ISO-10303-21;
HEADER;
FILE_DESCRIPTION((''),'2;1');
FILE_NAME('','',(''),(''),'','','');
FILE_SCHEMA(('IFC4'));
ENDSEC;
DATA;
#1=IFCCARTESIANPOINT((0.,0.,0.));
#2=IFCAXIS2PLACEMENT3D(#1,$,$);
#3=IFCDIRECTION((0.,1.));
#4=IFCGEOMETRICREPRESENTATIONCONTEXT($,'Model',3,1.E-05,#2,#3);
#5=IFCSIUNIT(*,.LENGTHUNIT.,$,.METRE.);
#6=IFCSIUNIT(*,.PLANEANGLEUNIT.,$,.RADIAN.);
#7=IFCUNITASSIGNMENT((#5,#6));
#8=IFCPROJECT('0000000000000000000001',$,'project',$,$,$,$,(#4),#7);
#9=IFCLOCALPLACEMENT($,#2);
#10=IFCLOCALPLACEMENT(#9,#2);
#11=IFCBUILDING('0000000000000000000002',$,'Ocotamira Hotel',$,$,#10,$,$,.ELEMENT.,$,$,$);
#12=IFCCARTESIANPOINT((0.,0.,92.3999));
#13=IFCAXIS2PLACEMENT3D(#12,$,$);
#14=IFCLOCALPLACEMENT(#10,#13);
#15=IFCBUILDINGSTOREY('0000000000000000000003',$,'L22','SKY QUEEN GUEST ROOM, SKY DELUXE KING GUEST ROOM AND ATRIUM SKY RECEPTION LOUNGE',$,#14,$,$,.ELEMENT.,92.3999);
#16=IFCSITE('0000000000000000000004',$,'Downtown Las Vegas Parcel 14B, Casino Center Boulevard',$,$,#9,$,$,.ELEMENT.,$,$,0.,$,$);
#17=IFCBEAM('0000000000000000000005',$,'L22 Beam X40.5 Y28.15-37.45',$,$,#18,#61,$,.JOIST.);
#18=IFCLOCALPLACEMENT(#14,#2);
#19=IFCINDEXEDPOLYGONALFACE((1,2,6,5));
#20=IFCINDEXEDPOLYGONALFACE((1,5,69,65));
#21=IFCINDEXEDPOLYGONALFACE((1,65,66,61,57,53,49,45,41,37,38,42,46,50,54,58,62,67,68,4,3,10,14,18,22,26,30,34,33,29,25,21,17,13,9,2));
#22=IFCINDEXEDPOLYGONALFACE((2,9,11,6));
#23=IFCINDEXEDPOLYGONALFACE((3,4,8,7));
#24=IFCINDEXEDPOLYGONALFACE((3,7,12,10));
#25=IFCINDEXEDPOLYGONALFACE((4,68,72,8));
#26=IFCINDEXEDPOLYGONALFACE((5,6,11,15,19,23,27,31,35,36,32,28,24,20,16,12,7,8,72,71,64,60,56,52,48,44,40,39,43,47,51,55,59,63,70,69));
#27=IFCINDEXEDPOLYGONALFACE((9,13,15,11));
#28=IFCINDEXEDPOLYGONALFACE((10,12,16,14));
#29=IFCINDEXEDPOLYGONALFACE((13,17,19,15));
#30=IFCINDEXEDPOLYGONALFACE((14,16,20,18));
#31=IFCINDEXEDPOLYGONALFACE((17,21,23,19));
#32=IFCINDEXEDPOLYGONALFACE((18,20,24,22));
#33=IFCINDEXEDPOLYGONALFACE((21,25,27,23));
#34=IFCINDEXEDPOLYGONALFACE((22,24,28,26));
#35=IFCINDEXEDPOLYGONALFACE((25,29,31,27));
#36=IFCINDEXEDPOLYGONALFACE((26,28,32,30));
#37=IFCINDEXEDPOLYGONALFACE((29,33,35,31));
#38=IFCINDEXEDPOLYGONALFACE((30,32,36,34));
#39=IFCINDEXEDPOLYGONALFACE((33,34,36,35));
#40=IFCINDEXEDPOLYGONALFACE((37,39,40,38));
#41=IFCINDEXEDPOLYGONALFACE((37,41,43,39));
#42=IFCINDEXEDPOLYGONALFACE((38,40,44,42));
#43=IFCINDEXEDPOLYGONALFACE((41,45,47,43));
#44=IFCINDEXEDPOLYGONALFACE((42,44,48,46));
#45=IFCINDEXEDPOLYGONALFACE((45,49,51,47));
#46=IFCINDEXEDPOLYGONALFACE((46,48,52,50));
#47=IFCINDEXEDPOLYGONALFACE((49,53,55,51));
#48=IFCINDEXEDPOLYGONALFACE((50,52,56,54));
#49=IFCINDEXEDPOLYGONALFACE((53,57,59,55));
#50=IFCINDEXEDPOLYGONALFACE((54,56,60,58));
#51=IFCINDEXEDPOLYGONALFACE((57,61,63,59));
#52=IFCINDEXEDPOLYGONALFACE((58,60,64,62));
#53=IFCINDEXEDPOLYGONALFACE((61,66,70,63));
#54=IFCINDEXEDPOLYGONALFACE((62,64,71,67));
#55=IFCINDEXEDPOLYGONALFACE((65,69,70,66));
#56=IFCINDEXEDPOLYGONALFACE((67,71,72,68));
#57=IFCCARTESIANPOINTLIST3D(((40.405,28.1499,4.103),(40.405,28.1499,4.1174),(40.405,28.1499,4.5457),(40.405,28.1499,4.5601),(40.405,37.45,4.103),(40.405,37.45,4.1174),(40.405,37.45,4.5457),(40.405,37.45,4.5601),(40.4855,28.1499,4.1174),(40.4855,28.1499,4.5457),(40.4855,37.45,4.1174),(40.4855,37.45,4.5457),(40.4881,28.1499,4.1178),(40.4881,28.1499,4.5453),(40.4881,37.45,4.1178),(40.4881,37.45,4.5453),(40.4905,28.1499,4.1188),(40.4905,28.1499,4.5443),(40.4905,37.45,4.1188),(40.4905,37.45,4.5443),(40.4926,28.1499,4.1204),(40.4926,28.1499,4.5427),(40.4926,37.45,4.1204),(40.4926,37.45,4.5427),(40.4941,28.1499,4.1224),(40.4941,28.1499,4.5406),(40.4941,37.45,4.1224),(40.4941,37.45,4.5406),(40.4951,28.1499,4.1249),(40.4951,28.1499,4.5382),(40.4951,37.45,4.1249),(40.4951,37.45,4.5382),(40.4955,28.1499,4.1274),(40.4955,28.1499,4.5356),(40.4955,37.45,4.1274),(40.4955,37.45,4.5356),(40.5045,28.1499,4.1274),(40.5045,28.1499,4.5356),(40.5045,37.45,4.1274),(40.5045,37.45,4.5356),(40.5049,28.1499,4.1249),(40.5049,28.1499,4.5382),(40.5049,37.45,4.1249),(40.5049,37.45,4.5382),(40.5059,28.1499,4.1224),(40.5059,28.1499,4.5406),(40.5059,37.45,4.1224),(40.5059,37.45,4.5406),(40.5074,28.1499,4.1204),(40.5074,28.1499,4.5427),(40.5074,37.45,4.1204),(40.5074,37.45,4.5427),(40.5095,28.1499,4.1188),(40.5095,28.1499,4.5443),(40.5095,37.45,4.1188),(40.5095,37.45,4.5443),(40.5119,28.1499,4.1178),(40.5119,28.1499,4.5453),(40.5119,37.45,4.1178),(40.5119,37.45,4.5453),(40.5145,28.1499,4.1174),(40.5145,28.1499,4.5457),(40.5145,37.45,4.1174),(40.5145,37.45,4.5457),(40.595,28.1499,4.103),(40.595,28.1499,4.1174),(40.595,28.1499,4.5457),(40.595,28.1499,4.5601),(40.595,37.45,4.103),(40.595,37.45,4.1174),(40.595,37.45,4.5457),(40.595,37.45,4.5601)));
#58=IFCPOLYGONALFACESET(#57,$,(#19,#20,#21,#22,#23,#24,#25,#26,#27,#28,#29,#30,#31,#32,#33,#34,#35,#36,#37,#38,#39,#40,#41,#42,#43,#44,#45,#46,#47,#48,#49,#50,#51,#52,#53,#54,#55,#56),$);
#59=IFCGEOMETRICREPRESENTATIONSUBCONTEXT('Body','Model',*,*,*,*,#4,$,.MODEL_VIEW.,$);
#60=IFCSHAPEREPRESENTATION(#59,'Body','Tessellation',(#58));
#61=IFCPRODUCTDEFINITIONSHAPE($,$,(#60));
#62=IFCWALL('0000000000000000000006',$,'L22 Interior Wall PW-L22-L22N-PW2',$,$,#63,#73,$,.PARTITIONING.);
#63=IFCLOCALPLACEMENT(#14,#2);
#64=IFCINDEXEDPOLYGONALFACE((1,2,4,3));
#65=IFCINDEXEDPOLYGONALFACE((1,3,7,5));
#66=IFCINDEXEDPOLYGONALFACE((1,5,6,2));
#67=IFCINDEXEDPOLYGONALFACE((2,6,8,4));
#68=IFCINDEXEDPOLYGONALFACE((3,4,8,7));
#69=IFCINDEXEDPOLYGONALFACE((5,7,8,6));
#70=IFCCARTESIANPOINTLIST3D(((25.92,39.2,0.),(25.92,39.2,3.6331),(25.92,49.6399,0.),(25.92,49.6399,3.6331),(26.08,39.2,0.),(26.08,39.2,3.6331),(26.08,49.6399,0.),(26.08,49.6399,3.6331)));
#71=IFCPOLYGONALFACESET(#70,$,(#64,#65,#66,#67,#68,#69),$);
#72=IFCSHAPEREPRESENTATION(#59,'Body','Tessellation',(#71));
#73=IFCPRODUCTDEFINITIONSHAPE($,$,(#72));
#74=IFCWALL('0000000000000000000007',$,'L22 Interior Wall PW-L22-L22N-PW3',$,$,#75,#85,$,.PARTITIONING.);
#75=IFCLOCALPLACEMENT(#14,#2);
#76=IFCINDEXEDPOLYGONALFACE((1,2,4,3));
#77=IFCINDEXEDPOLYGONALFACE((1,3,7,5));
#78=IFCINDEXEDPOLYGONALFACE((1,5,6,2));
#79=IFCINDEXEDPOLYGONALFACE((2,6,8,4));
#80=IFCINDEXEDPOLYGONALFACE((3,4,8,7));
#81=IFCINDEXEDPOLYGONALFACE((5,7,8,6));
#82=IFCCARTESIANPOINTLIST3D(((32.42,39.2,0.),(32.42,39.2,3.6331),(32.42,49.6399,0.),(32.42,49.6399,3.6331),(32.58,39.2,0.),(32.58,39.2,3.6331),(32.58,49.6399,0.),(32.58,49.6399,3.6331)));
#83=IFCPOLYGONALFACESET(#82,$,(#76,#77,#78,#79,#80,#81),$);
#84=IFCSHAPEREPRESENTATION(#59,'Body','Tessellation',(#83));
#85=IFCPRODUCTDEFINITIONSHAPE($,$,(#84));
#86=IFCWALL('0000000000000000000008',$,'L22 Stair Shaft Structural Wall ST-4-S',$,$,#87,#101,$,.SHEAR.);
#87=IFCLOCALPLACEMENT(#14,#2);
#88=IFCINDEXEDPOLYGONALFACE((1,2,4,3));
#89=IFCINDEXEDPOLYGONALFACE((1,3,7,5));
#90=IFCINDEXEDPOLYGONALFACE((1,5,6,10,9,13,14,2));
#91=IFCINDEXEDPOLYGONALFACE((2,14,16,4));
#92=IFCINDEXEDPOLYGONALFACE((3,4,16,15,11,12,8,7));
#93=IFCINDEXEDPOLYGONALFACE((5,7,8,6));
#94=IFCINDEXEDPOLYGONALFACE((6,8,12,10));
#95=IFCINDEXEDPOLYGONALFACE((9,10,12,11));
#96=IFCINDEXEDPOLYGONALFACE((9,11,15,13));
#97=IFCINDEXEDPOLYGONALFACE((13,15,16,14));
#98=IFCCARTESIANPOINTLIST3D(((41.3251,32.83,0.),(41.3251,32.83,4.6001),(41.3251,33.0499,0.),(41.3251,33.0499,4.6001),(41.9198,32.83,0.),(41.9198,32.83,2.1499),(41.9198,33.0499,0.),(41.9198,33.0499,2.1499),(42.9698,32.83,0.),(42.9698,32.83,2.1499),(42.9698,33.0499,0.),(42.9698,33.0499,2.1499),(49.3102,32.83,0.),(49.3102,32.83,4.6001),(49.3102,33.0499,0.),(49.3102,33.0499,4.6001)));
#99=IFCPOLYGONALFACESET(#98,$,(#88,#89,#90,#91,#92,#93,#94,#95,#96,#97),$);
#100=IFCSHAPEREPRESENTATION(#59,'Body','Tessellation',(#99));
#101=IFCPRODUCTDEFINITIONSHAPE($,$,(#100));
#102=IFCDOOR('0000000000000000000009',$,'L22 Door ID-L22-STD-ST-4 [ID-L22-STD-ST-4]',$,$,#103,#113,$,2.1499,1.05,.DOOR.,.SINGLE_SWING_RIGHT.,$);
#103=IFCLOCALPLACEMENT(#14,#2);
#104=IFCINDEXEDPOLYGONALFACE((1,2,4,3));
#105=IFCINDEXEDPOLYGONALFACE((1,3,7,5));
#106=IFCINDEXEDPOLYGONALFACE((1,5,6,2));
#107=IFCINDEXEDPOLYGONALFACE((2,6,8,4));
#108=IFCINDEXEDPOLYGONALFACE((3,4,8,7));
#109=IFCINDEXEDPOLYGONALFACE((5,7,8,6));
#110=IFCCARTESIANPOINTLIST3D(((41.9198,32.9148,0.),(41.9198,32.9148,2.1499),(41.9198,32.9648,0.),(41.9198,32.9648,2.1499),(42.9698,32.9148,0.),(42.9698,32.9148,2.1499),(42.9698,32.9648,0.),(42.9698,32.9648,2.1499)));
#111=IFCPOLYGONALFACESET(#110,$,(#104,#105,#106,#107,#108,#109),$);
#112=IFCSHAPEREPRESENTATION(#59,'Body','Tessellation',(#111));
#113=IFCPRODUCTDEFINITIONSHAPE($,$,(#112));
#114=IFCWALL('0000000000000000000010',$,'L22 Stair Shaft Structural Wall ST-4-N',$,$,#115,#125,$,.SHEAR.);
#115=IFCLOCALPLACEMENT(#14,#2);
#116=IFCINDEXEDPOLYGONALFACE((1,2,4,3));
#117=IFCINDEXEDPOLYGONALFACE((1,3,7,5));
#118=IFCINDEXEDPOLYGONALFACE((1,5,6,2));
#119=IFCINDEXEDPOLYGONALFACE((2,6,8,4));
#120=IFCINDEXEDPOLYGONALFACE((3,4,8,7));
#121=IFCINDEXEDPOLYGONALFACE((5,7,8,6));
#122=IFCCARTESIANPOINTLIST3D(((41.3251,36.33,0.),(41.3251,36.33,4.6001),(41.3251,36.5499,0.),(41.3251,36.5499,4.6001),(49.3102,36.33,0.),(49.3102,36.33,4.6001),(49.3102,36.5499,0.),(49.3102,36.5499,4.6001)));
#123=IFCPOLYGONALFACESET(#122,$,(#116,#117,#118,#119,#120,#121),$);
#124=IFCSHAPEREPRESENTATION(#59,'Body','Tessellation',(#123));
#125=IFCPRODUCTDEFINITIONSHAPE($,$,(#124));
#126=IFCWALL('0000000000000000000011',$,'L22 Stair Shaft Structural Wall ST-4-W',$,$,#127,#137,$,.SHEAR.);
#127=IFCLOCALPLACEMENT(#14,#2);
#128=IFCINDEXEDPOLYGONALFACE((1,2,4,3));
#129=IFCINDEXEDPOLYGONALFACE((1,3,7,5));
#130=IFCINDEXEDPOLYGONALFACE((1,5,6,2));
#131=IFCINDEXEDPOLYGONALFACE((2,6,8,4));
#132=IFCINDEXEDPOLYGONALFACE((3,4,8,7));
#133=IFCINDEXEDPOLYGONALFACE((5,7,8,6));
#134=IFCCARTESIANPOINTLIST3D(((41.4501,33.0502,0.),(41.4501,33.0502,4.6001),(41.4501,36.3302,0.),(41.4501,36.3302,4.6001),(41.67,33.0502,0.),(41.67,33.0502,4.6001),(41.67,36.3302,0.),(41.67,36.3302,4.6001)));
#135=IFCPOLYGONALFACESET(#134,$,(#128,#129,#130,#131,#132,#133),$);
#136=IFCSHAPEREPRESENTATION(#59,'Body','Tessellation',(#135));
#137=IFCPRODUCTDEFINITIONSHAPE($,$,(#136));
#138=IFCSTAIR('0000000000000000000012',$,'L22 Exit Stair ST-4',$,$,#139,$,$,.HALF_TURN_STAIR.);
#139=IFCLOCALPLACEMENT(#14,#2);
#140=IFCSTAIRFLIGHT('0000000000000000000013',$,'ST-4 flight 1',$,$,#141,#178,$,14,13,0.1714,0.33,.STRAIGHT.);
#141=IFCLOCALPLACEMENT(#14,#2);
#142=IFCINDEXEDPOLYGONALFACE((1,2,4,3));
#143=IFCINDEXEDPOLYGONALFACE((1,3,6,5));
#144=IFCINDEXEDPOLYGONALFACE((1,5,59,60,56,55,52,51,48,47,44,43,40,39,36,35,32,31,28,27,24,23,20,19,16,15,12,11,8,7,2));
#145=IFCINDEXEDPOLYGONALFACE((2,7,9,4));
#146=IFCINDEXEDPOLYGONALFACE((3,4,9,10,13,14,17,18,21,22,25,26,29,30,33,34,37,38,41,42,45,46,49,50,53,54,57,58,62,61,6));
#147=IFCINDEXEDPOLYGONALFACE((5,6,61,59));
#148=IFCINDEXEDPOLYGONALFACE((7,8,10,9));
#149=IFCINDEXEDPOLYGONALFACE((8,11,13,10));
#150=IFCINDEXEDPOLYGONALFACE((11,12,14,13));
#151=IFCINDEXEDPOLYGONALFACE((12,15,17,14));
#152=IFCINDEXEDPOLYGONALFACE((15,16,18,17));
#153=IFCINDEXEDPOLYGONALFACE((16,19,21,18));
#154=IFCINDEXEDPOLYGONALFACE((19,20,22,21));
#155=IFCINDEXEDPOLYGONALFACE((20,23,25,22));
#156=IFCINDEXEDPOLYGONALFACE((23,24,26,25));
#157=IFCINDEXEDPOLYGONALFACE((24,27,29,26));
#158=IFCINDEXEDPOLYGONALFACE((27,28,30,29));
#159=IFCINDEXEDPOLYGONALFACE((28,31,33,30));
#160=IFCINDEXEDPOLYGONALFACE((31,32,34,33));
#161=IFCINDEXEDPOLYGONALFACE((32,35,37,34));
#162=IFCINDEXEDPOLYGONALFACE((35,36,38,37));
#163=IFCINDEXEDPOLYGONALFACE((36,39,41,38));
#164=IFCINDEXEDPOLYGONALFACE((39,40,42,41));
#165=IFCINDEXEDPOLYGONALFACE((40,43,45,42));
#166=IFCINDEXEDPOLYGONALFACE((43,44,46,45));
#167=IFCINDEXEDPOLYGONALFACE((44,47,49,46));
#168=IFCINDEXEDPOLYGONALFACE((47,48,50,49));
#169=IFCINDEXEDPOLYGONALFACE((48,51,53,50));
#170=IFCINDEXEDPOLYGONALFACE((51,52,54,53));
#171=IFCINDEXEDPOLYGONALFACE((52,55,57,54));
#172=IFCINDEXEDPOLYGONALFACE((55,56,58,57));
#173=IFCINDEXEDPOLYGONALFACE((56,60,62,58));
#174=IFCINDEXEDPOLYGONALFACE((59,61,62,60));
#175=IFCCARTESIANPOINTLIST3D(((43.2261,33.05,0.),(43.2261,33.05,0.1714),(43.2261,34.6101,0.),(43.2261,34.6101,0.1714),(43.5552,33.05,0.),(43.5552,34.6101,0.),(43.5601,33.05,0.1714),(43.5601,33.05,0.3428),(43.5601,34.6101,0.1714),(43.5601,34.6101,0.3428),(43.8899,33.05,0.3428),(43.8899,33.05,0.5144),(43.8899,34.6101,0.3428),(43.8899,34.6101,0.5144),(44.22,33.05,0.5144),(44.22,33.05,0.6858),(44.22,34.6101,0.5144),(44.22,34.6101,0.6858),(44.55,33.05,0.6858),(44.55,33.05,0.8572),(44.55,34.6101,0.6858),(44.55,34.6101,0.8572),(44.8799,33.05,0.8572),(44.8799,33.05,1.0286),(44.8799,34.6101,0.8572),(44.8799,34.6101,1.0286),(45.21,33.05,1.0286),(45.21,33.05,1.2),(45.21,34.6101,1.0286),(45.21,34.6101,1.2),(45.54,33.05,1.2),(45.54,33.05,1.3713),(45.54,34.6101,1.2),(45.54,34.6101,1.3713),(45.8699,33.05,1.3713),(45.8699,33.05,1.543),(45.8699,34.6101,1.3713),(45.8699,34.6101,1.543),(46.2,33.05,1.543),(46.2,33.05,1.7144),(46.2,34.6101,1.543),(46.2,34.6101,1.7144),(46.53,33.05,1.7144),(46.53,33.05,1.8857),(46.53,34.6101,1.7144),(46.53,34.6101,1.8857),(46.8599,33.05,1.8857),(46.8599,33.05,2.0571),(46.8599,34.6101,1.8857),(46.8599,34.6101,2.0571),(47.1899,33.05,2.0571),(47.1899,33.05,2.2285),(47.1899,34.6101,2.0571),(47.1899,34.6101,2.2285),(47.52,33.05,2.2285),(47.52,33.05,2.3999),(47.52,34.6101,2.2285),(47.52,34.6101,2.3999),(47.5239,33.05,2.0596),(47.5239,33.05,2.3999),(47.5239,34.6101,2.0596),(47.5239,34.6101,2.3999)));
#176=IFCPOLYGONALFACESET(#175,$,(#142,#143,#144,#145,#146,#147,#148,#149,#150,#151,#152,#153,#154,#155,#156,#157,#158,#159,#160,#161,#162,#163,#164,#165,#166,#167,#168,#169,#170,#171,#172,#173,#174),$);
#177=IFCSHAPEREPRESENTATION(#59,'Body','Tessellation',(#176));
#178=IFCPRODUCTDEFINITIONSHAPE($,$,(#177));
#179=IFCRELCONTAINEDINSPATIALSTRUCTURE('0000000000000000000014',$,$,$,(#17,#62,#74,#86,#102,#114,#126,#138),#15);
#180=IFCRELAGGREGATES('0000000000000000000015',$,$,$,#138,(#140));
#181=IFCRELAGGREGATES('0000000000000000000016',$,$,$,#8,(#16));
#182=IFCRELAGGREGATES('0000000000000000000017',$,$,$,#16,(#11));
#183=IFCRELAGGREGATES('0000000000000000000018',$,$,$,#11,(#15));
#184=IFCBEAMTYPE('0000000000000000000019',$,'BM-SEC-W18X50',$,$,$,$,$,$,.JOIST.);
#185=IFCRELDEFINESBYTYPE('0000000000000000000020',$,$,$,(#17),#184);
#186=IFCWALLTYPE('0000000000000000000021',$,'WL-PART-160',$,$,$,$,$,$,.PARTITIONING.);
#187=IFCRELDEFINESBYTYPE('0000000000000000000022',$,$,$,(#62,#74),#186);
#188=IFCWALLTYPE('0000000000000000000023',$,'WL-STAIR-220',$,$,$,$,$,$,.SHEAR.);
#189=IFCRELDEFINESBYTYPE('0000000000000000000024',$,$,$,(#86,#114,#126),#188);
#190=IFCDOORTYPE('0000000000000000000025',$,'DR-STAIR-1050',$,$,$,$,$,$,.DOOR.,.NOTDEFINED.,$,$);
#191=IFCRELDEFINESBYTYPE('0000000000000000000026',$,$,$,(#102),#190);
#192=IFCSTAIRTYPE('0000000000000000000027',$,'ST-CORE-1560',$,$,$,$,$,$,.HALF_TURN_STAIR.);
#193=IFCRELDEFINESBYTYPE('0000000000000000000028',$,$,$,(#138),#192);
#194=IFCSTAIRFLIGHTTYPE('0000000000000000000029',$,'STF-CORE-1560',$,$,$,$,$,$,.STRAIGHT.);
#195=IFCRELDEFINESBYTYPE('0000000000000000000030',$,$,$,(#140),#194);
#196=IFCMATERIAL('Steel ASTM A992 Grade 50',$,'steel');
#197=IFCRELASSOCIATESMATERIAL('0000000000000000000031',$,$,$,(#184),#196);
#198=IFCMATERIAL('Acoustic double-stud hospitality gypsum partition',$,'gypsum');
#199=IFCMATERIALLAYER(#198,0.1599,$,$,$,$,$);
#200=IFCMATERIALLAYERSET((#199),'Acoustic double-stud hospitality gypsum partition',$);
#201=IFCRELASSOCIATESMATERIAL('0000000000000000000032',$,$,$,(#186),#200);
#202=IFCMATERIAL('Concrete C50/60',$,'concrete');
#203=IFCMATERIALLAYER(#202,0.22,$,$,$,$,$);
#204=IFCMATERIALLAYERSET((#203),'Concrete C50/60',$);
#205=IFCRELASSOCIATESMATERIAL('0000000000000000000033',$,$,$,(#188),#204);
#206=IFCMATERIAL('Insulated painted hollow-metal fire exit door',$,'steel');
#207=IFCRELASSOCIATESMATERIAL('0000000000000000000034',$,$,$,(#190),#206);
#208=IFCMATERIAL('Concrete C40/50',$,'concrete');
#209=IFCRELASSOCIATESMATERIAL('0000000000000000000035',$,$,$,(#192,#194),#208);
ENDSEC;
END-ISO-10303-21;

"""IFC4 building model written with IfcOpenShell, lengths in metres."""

from ifc_helpers import new_model, si_unit, direction, frame, frame_2d, origin, origin_2d, place, context, subcontext, project, spatial, polyline, rectangle, i_section, outline, extrude, source, transform, mapped, material, layer, layer_set, material_profile, profile_set, type_object, element, fill, aggregate, save


model = new_model("IFC4")

# Units and contexts
model_context = context("Model", 3, precision=1e-05, world=origin(), true_north=direction((0.0, 1.0)))
body_context = subcontext(model_context, "Body", "Model", "MODEL_VIEW")
ifc_project = project(units=[si_unit("LENGTHUNIT", "METRE"), si_unit("PLANEANGLEUNIT", "RADIAN")], contexts=[model_context])

# Site, building, storey
site_placement = place(None, origin())
site = spatial("IfcSite", under=ifc_project, at=site_placement, Name="Downtown Las Vegas Parcel 14B, Casino Center Boulevard", CompositionType="ELEMENT", RefElevation=0.0)
building_placement = place(site_placement, origin())
building = spatial("IfcBuilding", under=site, at=building_placement, Name="Ocotamira Hotel", CompositionType="ELEMENT")
storey_placement = place(building_placement, frame((0.0, 0.0, 92.3999)))
storey = spatial("IfcBuildingStorey", under=building, at=storey_placement, Name="L22", Description="SKY QUEEN GUEST ROOM, SKY DELUXE KING GUEST ROOM AND ATRIUM SKY RECEPTION LOUNGE", CompositionType="ELEMENT", Elevation=92.3999)

# Beam
ifc_material_1 = material(Name="Steel ASTM A992 Grade 50", Category="steel")
ifc_material_profile_1 = material_profile(ifc_material_1, i_section(OverallWidth=0.1899, OverallDepth=0.457, WebThickness=0.009, FlangeThickness=0.0144, FilletRadius=0.01, at=origin_2d()), Name="W18X50")
ifc_profile_set_1 = profile_set([ifc_material_profile_1], Name="Steel ASTM A992 Grade 50")
beam_type_1 = type_object("IfcBeamType", Name="BM-SEC-W18X50", PredefinedType="JOIST", material=ifc_profile_set_1)
shared_shape_1 = source(origin(), body_context, "Body", "SweptSolid", [
    extrude(i_section(OverallWidth=0.1899, OverallDepth=0.457, WebThickness=0.009, FlangeThickness=0.0144, FilletRadius=0.01, at=origin_2d()), origin(), (0.0, 0.0, 1.0), 9.3),
])
beam_1_placement = place(storey_placement, frame((40.5, 28.1499, 4.3315), z_axis=(0.0, 1.0, 0.0), x_axis=(-1.0, 0.0, 0.0)))
element("IfcBeam", 1, at=beam_1_placement, inside=storey, type_object=beam_type_1, Name="L22 Beam X40.5 Y28.15-37.45", PredefinedType="JOIST", context=body_context, shape_type="MappedRepresentation", body=[
    mapped(shared_shape_1, transform((0.0, 0.0, 0.0), scale=1.0)),
])

# Walls
ifc_material_2 = material(Name="Acoustic double-stud hospitality gypsum partition", Category="gypsum")
ifc_layer_1 = layer(ifc_material_2, 0.1599)
ifc_layer_set_1 = layer_set([ifc_layer_1], Name="Acoustic double-stud hospitality gypsum partition")
wall_type_1 = type_object("IfcWallType", Name="WL-PART-160", PredefinedType="PARTITIONING", material=ifc_layer_set_1)
for number, where, z_axis, x_axis, name in (
    (2, (26.0, 39.2, 0.0), (0.0, 0.0, 1.0), (0.0, 1.0, 0.0), "L22 Interior Wall PW-L22-L22N-PW2"),
    (3, (32.5, 39.2, 0.0), (0.0, 0.0, 1.0), (0.0, 1.0, 0.0), "L22 Interior Wall PW-L22-L22N-PW3"),
):
    element("IfcWall", number, at=place(storey_placement, frame(where, z_axis=z_axis, x_axis=x_axis)), inside=storey, type_object=wall_type_1, Name=name, PredefinedType="PARTITIONING", context=body_context, shape_type="SweptSolid", body=[
        extrude(rectangle(XDim=10.4399, YDim=0.1599, at=frame_2d((5.22, 0.0))), origin(), (0.0, 0.0, 1.0), 3.6331),
    ])

# Wall, opening, door
ifc_material_3 = material(Name="Concrete C50/60", Category="concrete")
ifc_layer_2 = layer(ifc_material_3, 0.22)
ifc_layer_set_2 = layer_set([ifc_layer_2], Name="Concrete C50/60")
wall_type_2 = type_object("IfcWallType", Name="WL-STAIR-220", PredefinedType="SHEAR", material=ifc_layer_set_2)
wall_1_placement = place(storey_placement, frame((41.325, 32.9399, 0.0), z_axis=(0.0, 0.0, 1.0), x_axis=(1.0, 0.0, 0.0)))
wall_1 = element("IfcWall", 4, at=wall_1_placement, inside=storey, type_object=wall_type_2, Name="L22 Stair Shaft Structural Wall ST-4-S", PredefinedType="SHEAR", context=body_context, shape_type="SweptSolid", body=[
    extrude(rectangle(XDim=7.9851, YDim=0.22, at=frame_2d((3.9927, 0.0))), origin(), (0.0, 0.0, 1.0), 4.6001),
])
opening_1_placement = place(wall_1_placement, frame((0.595, 0.0, 0.0)))
opening_1 = element("IfcOpeningElement", 5, at=opening_1_placement, cuts=wall_1, PredefinedType="OPENING", context=body_context, shape_type="SweptSolid", body=[
    extrude(rectangle(XDim=1.05, YDim=2.1499, at=frame_2d((0.5249, 1.075))), frame((0.0, 0.1201, 0.0), z_axis=(0.0, -1.0, 0.0), x_axis=(1.0, 0.0, 0.0)), (0.0, 0.0, 1.0), 0.24),
])
ifc_material_4 = material(Name="Insulated painted hollow-metal fire exit door", Category="steel")
door_type_1 = type_object("IfcDoorType", Name="DR-STAIR-1050", OperationType="NOTDEFINED", PredefinedType="DOOR", material=ifc_material_4)
shared_shape_2 = source(origin(), body_context, "Body", "SweptSolid", [
    extrude(rectangle(XDim=1.05, YDim=2.1499, at=frame_2d((0.5249, 1.075))), frame((0.0, 0.0249, 0.0), z_axis=(0.0, -1.0, 0.0), x_axis=(1.0, 0.0, 0.0)), (0.0, 0.0, 1.0), 0.05),
])
door_1_placement = place(opening_1_placement, origin())
door_1 = element("IfcDoor", 6, at=door_1_placement, inside=storey, type_object=door_type_1, Name="L22 Door ID-L22-STD-ST-4 [ID-L22-STD-ST-4]", OperationType="SINGLE_SWING_RIGHT", OverallHeight=2.1499, OverallWidth=1.05, PredefinedType="DOOR", context=body_context, shape_type="MappedRepresentation", body=[
    mapped(shared_shape_2, transform((0.0, 0.0, 0.0), scale=1.0)),
])
fill(opening_1, door_1)

# Walls
wall_2_placement = place(storey_placement, frame((41.325, 36.4399, 0.0), z_axis=(0.0, 0.0, 1.0), x_axis=(1.0, 0.0, 0.0)))
element("IfcWall", 7, at=wall_2_placement, inside=storey, type_object=wall_type_2, Name="L22 Stair Shaft Structural Wall ST-4-N", PredefinedType="SHEAR", context=body_context, shape_type="SweptSolid", body=[
    extrude(rectangle(XDim=7.9851, YDim=0.22, at=frame_2d((3.9927, 0.0))), origin(), (0.0, 0.0, 1.0), 4.6001),
])
wall_3_placement = place(storey_placement, frame((41.5601, 33.05, 0.0), z_axis=(0.0, 0.0, 1.0), x_axis=(0.0, 1.0, 0.0)))
element("IfcWall", 8, at=wall_3_placement, inside=storey, type_object=wall_type_2, Name="L22 Stair Shaft Structural Wall ST-4-W", PredefinedType="SHEAR", context=body_context, shape_type="SweptSolid", body=[
    extrude(rectangle(XDim=3.28, YDim=0.22, at=frame_2d((1.6401, 0.0))), origin(), (0.0, 0.0, 1.0), 4.6001),
])

# Stair, stair flight
ifc_material_5 = material(Name="Concrete C40/50", Category="concrete")
stair_type = type_object("IfcStairType", Name="ST-CORE-1560", PredefinedType="HALF_TURN_STAIR", material=ifc_material_5)
stair_placement = place(storey_placement, origin())
stair = element("IfcStair", 9, at=stair_placement, inside=storey, type_object=stair_type, Name="L22 Exit Stair ST-4", PredefinedType="HALF_TURN_STAIR")
stair_flight_type = type_object("IfcStairFlightType", Name="STF-CORE-1560", PredefinedType="STRAIGHT", material=ifc_material_5)
shared_shape_3 = source(origin(), body_context, "Body", "SweptSolid", [
    extrude(outline(polyline([(-0.0039, 0.0), (-0.0039, 0.1714), (0.3301, 0.1714), (0.3301, 0.3428), (0.6599, 0.3428), (0.6599, 0.5144), (0.99, 0.5144), (0.99, 0.6858), (1.3201, 0.6858), (1.3201, 0.8572), (1.6499, 0.8572), (1.6499, 1.0286), (1.98, 1.0286), (1.98, 1.2), (2.3101, 1.2), (2.3101, 1.3713), (2.6399, 1.3713), (2.6399, 1.543), (2.97, 1.543), (2.97, 1.7144), (3.3, 1.7144), (3.3, 1.8857), (3.6299, 1.8857), (3.6299, 2.0571), (3.96, 2.0571), (3.96, 2.2285), (4.29, 2.2285), (4.29, 2.3999), (4.2939, 2.3999), (4.2939, 2.0596), (0.3252, 0.0), (-0.0039, 0.0)])), frame((0.0, 0.78, 0.0), z_axis=(0.0, -1.0, 0.0), x_axis=(1.0, 0.0, 0.0)), (0.0, 0.0, 1.0), 1.5601),
])
stair_flight_placement = place(storey_placement, frame((43.23, 33.8301, 0.0), z_axis=(0.0, 0.0, 1.0), x_axis=(1.0, 0.0, 0.0)))
stair_flight = element("IfcStairFlight", 10, at=stair_flight_placement, type_object=stair_flight_type, Name="ST-4 flight 1", NumberOfRisers=14, NumberOfTreads=13, PredefinedType="STRAIGHT", RiserHeight=0.1714, TreadLength=0.33, context=body_context, shape_type="MappedRepresentation", body=[
    mapped(shared_shape_3, transform((0.0, 0.0, 0.0), scale=1.0)),
])
aggregate(stair, [stair_flight])

save(model, "model.ifc")
